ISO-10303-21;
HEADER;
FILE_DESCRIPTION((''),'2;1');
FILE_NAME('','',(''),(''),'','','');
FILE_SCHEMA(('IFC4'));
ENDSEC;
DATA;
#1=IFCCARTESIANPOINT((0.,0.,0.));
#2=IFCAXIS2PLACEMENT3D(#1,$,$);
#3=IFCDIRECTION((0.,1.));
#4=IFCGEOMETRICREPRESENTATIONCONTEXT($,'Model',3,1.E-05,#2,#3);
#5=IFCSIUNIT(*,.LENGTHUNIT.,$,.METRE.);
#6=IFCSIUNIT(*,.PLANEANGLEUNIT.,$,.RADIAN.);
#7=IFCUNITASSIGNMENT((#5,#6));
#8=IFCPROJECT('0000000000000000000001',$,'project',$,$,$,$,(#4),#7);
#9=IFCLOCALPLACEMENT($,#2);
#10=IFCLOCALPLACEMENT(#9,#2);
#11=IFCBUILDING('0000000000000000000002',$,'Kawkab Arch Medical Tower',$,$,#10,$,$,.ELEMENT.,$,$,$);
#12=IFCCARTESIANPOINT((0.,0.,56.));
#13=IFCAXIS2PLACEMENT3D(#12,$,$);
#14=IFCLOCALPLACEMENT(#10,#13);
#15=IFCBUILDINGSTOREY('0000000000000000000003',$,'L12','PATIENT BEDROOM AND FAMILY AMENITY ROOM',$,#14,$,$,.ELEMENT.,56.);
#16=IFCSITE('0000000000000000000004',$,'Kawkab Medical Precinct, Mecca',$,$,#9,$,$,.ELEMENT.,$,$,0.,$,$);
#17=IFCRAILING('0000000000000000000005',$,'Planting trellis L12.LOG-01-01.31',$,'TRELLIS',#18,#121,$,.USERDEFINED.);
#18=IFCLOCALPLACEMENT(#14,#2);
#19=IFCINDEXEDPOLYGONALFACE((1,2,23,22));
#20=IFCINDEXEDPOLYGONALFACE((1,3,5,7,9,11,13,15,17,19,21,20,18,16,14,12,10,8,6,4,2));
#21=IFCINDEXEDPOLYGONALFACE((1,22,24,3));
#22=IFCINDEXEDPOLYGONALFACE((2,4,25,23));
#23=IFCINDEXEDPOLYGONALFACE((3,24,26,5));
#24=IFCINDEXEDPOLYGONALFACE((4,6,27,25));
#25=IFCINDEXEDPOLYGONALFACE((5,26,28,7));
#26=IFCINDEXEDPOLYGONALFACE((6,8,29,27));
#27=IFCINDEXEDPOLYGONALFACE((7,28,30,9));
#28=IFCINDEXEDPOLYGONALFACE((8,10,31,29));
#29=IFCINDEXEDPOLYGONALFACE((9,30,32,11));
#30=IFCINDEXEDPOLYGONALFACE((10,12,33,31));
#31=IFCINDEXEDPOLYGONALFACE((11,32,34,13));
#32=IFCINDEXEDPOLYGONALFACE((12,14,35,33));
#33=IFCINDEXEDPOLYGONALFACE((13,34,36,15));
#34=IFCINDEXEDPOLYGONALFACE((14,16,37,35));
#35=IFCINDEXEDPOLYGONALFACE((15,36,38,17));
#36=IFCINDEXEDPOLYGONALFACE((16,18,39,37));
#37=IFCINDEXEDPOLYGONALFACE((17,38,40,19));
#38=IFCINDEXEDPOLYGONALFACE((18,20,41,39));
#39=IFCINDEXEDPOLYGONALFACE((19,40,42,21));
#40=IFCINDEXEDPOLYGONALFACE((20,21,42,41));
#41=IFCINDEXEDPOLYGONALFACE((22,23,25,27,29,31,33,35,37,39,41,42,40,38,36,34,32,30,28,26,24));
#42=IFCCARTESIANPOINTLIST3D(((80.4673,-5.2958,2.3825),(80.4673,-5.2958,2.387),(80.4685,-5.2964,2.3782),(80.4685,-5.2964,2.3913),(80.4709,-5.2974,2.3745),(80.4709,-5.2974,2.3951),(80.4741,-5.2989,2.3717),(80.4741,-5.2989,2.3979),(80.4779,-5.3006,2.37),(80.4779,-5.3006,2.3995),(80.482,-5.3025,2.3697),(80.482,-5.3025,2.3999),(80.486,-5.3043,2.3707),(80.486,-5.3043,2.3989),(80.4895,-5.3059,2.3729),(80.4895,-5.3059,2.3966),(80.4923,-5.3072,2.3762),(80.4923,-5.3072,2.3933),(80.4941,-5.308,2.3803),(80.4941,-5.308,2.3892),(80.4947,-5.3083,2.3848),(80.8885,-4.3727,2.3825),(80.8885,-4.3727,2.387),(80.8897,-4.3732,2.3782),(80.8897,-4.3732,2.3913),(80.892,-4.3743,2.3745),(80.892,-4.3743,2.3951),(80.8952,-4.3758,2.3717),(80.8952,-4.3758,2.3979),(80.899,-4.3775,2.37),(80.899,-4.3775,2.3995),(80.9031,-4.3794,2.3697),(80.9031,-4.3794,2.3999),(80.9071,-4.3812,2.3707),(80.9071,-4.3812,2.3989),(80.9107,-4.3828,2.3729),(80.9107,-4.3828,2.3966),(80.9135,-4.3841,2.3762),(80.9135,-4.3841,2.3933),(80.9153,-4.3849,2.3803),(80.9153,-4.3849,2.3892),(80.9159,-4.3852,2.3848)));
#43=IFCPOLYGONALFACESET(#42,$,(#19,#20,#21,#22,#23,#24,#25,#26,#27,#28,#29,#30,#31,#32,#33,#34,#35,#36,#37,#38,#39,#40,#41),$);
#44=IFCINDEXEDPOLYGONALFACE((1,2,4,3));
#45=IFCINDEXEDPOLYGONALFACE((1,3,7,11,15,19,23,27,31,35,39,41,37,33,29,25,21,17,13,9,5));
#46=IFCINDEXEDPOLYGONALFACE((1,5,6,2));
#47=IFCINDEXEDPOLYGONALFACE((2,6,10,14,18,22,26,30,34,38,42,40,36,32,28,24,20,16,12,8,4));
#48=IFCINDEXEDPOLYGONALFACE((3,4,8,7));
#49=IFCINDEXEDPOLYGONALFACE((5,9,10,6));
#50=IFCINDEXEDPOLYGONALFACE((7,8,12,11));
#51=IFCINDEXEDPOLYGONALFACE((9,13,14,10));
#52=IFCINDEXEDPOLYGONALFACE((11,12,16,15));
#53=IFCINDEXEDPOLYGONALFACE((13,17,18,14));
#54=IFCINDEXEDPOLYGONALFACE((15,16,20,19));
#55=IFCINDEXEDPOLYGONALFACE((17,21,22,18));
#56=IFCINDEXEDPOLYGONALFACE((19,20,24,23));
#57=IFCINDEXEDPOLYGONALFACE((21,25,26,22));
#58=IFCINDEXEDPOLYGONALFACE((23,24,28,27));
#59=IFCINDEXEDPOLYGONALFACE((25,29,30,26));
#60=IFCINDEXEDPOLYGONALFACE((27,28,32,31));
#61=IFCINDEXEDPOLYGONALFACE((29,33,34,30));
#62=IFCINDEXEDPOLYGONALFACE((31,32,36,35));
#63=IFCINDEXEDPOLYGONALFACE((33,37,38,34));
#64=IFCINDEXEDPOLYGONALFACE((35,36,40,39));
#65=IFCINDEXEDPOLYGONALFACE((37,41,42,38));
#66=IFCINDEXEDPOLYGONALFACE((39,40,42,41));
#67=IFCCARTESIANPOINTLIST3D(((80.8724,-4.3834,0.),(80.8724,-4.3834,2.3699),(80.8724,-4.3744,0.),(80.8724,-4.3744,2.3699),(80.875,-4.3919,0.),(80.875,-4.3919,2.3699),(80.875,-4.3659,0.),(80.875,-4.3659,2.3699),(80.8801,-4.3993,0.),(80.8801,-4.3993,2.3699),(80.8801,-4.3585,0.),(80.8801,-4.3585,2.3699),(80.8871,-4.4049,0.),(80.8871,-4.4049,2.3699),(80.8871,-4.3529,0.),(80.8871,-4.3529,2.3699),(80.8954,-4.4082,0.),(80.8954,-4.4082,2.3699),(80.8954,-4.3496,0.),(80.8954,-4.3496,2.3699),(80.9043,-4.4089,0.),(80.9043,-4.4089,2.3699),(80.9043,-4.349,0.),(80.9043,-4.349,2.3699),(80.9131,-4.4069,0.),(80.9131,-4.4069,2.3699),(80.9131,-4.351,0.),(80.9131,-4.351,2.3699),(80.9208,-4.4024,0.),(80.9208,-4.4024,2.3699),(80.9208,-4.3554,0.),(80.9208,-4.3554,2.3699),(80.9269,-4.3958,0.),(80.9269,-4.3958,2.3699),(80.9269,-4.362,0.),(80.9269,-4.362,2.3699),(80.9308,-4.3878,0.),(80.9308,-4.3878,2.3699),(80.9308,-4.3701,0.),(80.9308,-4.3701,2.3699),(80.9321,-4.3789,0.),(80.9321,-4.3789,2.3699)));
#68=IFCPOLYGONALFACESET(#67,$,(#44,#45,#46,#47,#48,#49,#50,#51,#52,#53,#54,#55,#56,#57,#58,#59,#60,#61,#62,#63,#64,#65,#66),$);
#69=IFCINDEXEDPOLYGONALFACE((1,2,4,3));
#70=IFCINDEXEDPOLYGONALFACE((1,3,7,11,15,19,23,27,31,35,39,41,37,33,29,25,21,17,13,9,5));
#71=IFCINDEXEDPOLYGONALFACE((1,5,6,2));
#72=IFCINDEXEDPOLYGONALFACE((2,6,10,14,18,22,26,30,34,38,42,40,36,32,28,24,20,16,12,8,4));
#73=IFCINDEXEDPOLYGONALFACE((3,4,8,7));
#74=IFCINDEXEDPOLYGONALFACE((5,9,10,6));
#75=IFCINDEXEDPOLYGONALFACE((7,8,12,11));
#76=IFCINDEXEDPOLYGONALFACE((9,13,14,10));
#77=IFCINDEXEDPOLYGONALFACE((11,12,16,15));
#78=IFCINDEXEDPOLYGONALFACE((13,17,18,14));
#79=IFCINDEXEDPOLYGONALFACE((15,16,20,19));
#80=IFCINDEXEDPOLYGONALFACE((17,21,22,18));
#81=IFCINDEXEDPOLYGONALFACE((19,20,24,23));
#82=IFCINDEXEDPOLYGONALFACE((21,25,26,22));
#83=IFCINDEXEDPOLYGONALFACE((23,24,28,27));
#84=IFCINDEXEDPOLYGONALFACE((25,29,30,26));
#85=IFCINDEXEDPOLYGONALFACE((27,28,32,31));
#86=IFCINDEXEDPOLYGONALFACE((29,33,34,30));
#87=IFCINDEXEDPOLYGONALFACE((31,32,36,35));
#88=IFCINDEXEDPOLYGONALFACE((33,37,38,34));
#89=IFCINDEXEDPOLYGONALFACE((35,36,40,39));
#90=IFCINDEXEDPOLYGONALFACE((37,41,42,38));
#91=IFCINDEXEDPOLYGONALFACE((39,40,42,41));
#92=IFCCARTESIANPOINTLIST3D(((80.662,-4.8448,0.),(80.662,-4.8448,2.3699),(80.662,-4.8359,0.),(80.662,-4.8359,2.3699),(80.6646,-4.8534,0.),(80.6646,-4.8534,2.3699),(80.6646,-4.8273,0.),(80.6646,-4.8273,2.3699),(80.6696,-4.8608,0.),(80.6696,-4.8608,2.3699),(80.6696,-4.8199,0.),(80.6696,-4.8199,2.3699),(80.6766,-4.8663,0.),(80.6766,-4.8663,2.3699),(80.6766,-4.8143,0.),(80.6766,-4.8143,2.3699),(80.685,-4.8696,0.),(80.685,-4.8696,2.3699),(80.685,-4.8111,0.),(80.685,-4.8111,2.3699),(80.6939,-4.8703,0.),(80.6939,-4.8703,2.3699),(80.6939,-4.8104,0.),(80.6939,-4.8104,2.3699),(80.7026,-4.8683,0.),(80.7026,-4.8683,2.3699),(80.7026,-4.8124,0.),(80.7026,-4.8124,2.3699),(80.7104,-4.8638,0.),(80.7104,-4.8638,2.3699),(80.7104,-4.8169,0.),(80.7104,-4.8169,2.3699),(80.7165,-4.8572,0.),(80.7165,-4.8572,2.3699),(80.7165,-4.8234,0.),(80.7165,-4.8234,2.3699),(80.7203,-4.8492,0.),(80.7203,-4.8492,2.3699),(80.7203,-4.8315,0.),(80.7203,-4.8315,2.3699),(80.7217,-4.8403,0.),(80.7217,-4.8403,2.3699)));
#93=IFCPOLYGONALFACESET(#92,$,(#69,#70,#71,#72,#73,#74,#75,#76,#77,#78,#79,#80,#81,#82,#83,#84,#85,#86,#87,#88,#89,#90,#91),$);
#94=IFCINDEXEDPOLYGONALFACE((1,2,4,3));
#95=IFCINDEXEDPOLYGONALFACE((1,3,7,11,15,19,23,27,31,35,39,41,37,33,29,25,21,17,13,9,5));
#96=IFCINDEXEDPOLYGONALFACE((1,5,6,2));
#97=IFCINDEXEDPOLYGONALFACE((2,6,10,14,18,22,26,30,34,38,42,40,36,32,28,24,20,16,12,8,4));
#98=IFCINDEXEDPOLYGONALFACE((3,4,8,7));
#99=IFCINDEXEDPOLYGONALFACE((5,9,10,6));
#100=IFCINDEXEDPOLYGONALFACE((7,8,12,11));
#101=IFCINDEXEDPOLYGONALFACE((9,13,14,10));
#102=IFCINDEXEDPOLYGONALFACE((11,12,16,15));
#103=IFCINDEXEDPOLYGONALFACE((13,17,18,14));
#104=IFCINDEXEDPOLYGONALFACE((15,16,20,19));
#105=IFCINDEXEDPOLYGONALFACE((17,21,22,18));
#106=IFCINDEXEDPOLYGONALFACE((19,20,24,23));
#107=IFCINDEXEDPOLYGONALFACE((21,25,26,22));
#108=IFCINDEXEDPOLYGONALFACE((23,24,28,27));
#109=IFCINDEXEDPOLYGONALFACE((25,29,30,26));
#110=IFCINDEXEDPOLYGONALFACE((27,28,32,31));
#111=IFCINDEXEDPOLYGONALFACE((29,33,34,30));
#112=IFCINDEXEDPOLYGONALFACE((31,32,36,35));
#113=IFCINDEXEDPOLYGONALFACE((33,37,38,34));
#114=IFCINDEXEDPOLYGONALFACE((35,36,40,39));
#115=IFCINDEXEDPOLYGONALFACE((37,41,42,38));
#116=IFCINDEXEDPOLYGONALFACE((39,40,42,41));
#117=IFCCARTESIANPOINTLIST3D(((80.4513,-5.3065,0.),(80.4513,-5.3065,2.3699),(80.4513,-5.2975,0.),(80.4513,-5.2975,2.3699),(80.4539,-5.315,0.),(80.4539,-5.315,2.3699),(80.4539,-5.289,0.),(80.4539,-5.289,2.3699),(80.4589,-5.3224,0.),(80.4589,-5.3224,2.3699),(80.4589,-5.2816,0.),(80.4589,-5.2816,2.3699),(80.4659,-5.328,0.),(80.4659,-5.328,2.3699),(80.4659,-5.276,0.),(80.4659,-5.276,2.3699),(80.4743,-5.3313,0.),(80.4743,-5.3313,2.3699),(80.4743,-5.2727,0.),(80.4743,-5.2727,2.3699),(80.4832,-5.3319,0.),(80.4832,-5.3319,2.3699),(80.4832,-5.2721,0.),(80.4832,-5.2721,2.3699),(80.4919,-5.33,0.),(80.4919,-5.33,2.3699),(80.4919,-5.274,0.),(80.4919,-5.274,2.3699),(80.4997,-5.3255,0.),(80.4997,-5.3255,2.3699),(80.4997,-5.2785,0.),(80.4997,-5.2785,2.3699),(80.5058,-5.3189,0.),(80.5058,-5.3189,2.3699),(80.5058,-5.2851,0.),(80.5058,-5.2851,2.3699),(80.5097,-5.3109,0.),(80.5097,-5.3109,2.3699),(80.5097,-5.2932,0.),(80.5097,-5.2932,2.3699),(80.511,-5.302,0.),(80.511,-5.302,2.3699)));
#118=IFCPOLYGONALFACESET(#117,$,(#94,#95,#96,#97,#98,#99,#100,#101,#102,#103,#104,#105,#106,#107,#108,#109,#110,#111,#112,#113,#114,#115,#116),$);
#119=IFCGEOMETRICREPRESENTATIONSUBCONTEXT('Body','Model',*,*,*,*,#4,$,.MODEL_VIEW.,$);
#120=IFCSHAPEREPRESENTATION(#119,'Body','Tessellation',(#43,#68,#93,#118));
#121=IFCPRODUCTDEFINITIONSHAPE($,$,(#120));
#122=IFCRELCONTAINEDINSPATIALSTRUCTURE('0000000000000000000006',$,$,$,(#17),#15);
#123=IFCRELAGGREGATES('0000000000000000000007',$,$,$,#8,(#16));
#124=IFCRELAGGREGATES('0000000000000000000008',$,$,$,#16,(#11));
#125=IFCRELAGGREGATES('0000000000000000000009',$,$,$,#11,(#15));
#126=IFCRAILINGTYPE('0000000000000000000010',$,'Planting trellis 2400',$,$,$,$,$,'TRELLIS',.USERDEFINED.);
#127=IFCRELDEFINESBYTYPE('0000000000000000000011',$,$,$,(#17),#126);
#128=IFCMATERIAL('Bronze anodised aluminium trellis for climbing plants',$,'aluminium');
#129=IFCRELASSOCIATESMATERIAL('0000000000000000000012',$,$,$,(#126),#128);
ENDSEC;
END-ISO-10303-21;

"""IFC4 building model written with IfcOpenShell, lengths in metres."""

from ifc_helpers import new_model, si_unit, direction, frame, origin, origin_2d, place, context, subcontext, project, spatial, circle, extrude, material, type_object, element, save


model = new_model("IFC4")

# Units and contexts
model_context = context("Model", 3, precision=1e-05, world=origin(), true_north=direction((0.0, 1.0)))
body_context = subcontext(model_context, "Body", "Model", "MODEL_VIEW")
ifc_project = project(units=[si_unit("LENGTHUNIT", "METRE"), si_unit("PLANEANGLEUNIT", "RADIAN")], contexts=[model_context])

# Site, building, storey
site_placement = place(None, origin())
site = spatial("IfcSite", under=ifc_project, at=site_placement, Name="Kawkab Medical Precinct, Mecca", CompositionType="ELEMENT", RefElevation=0.0)
building_placement = place(site_placement, origin())
building = spatial("IfcBuilding", under=site, at=building_placement, Name="Kawkab Arch Medical Tower", CompositionType="ELEMENT")
storey_placement = place(building_placement, frame((0.0, 0.0, 56.0)))
storey = spatial("IfcBuildingStorey", under=building, at=storey_placement, Name="L12", Description="PATIENT BEDROOM AND FAMILY AMENITY ROOM", CompositionType="ELEMENT", Elevation=56.0)

# Railing
ifc_material_1 = material(Name="Bronze anodised aluminium trellis for climbing plants", Category="aluminium")
railing_type = type_object("IfcRailingType", Name="Planting trellis 2400", ElementType="TRELLIS", PredefinedType="USERDEFINED", material=ifc_material_1)
railing_1_placement = place(storey_placement, frame((80.9021, -4.3789, 0.0)))
element("IfcRailing", 1, at=railing_1_placement, inside=storey, type_object=railing_type, Name="Planting trellis L12.LOG-01-01.31", ObjectType="TRELLIS", PredefinedType="USERDEFINED", context=body_context, shape_type="SweptSolid", body=[
    extrude(circle(Radius=0.0151, at=origin_2d()), frame((0.0, 0.0, 2.3848), z_axis=(-0.415072, -0.909789, 0.0), x_axis=(0.909789, -0.415072, 0.0)), (0.0, 0.0, 1.0), 1.0146),
    extrude(circle(Radius=0.03, at=origin_2d()), origin(), (0.0, 0.0, 1.0), 2.3699),
    extrude(circle(Radius=0.03, at=origin_2d()), frame((-0.2104, -0.4614, 0.0)), (0.0, 0.0, 1.0), 2.3699),
    extrude(circle(Radius=0.03, at=origin_2d()), frame((-0.4211, -0.9231, 0.0)), (0.0, 0.0, 1.0), 2.3699),
])

save(model, "model.ifc")
